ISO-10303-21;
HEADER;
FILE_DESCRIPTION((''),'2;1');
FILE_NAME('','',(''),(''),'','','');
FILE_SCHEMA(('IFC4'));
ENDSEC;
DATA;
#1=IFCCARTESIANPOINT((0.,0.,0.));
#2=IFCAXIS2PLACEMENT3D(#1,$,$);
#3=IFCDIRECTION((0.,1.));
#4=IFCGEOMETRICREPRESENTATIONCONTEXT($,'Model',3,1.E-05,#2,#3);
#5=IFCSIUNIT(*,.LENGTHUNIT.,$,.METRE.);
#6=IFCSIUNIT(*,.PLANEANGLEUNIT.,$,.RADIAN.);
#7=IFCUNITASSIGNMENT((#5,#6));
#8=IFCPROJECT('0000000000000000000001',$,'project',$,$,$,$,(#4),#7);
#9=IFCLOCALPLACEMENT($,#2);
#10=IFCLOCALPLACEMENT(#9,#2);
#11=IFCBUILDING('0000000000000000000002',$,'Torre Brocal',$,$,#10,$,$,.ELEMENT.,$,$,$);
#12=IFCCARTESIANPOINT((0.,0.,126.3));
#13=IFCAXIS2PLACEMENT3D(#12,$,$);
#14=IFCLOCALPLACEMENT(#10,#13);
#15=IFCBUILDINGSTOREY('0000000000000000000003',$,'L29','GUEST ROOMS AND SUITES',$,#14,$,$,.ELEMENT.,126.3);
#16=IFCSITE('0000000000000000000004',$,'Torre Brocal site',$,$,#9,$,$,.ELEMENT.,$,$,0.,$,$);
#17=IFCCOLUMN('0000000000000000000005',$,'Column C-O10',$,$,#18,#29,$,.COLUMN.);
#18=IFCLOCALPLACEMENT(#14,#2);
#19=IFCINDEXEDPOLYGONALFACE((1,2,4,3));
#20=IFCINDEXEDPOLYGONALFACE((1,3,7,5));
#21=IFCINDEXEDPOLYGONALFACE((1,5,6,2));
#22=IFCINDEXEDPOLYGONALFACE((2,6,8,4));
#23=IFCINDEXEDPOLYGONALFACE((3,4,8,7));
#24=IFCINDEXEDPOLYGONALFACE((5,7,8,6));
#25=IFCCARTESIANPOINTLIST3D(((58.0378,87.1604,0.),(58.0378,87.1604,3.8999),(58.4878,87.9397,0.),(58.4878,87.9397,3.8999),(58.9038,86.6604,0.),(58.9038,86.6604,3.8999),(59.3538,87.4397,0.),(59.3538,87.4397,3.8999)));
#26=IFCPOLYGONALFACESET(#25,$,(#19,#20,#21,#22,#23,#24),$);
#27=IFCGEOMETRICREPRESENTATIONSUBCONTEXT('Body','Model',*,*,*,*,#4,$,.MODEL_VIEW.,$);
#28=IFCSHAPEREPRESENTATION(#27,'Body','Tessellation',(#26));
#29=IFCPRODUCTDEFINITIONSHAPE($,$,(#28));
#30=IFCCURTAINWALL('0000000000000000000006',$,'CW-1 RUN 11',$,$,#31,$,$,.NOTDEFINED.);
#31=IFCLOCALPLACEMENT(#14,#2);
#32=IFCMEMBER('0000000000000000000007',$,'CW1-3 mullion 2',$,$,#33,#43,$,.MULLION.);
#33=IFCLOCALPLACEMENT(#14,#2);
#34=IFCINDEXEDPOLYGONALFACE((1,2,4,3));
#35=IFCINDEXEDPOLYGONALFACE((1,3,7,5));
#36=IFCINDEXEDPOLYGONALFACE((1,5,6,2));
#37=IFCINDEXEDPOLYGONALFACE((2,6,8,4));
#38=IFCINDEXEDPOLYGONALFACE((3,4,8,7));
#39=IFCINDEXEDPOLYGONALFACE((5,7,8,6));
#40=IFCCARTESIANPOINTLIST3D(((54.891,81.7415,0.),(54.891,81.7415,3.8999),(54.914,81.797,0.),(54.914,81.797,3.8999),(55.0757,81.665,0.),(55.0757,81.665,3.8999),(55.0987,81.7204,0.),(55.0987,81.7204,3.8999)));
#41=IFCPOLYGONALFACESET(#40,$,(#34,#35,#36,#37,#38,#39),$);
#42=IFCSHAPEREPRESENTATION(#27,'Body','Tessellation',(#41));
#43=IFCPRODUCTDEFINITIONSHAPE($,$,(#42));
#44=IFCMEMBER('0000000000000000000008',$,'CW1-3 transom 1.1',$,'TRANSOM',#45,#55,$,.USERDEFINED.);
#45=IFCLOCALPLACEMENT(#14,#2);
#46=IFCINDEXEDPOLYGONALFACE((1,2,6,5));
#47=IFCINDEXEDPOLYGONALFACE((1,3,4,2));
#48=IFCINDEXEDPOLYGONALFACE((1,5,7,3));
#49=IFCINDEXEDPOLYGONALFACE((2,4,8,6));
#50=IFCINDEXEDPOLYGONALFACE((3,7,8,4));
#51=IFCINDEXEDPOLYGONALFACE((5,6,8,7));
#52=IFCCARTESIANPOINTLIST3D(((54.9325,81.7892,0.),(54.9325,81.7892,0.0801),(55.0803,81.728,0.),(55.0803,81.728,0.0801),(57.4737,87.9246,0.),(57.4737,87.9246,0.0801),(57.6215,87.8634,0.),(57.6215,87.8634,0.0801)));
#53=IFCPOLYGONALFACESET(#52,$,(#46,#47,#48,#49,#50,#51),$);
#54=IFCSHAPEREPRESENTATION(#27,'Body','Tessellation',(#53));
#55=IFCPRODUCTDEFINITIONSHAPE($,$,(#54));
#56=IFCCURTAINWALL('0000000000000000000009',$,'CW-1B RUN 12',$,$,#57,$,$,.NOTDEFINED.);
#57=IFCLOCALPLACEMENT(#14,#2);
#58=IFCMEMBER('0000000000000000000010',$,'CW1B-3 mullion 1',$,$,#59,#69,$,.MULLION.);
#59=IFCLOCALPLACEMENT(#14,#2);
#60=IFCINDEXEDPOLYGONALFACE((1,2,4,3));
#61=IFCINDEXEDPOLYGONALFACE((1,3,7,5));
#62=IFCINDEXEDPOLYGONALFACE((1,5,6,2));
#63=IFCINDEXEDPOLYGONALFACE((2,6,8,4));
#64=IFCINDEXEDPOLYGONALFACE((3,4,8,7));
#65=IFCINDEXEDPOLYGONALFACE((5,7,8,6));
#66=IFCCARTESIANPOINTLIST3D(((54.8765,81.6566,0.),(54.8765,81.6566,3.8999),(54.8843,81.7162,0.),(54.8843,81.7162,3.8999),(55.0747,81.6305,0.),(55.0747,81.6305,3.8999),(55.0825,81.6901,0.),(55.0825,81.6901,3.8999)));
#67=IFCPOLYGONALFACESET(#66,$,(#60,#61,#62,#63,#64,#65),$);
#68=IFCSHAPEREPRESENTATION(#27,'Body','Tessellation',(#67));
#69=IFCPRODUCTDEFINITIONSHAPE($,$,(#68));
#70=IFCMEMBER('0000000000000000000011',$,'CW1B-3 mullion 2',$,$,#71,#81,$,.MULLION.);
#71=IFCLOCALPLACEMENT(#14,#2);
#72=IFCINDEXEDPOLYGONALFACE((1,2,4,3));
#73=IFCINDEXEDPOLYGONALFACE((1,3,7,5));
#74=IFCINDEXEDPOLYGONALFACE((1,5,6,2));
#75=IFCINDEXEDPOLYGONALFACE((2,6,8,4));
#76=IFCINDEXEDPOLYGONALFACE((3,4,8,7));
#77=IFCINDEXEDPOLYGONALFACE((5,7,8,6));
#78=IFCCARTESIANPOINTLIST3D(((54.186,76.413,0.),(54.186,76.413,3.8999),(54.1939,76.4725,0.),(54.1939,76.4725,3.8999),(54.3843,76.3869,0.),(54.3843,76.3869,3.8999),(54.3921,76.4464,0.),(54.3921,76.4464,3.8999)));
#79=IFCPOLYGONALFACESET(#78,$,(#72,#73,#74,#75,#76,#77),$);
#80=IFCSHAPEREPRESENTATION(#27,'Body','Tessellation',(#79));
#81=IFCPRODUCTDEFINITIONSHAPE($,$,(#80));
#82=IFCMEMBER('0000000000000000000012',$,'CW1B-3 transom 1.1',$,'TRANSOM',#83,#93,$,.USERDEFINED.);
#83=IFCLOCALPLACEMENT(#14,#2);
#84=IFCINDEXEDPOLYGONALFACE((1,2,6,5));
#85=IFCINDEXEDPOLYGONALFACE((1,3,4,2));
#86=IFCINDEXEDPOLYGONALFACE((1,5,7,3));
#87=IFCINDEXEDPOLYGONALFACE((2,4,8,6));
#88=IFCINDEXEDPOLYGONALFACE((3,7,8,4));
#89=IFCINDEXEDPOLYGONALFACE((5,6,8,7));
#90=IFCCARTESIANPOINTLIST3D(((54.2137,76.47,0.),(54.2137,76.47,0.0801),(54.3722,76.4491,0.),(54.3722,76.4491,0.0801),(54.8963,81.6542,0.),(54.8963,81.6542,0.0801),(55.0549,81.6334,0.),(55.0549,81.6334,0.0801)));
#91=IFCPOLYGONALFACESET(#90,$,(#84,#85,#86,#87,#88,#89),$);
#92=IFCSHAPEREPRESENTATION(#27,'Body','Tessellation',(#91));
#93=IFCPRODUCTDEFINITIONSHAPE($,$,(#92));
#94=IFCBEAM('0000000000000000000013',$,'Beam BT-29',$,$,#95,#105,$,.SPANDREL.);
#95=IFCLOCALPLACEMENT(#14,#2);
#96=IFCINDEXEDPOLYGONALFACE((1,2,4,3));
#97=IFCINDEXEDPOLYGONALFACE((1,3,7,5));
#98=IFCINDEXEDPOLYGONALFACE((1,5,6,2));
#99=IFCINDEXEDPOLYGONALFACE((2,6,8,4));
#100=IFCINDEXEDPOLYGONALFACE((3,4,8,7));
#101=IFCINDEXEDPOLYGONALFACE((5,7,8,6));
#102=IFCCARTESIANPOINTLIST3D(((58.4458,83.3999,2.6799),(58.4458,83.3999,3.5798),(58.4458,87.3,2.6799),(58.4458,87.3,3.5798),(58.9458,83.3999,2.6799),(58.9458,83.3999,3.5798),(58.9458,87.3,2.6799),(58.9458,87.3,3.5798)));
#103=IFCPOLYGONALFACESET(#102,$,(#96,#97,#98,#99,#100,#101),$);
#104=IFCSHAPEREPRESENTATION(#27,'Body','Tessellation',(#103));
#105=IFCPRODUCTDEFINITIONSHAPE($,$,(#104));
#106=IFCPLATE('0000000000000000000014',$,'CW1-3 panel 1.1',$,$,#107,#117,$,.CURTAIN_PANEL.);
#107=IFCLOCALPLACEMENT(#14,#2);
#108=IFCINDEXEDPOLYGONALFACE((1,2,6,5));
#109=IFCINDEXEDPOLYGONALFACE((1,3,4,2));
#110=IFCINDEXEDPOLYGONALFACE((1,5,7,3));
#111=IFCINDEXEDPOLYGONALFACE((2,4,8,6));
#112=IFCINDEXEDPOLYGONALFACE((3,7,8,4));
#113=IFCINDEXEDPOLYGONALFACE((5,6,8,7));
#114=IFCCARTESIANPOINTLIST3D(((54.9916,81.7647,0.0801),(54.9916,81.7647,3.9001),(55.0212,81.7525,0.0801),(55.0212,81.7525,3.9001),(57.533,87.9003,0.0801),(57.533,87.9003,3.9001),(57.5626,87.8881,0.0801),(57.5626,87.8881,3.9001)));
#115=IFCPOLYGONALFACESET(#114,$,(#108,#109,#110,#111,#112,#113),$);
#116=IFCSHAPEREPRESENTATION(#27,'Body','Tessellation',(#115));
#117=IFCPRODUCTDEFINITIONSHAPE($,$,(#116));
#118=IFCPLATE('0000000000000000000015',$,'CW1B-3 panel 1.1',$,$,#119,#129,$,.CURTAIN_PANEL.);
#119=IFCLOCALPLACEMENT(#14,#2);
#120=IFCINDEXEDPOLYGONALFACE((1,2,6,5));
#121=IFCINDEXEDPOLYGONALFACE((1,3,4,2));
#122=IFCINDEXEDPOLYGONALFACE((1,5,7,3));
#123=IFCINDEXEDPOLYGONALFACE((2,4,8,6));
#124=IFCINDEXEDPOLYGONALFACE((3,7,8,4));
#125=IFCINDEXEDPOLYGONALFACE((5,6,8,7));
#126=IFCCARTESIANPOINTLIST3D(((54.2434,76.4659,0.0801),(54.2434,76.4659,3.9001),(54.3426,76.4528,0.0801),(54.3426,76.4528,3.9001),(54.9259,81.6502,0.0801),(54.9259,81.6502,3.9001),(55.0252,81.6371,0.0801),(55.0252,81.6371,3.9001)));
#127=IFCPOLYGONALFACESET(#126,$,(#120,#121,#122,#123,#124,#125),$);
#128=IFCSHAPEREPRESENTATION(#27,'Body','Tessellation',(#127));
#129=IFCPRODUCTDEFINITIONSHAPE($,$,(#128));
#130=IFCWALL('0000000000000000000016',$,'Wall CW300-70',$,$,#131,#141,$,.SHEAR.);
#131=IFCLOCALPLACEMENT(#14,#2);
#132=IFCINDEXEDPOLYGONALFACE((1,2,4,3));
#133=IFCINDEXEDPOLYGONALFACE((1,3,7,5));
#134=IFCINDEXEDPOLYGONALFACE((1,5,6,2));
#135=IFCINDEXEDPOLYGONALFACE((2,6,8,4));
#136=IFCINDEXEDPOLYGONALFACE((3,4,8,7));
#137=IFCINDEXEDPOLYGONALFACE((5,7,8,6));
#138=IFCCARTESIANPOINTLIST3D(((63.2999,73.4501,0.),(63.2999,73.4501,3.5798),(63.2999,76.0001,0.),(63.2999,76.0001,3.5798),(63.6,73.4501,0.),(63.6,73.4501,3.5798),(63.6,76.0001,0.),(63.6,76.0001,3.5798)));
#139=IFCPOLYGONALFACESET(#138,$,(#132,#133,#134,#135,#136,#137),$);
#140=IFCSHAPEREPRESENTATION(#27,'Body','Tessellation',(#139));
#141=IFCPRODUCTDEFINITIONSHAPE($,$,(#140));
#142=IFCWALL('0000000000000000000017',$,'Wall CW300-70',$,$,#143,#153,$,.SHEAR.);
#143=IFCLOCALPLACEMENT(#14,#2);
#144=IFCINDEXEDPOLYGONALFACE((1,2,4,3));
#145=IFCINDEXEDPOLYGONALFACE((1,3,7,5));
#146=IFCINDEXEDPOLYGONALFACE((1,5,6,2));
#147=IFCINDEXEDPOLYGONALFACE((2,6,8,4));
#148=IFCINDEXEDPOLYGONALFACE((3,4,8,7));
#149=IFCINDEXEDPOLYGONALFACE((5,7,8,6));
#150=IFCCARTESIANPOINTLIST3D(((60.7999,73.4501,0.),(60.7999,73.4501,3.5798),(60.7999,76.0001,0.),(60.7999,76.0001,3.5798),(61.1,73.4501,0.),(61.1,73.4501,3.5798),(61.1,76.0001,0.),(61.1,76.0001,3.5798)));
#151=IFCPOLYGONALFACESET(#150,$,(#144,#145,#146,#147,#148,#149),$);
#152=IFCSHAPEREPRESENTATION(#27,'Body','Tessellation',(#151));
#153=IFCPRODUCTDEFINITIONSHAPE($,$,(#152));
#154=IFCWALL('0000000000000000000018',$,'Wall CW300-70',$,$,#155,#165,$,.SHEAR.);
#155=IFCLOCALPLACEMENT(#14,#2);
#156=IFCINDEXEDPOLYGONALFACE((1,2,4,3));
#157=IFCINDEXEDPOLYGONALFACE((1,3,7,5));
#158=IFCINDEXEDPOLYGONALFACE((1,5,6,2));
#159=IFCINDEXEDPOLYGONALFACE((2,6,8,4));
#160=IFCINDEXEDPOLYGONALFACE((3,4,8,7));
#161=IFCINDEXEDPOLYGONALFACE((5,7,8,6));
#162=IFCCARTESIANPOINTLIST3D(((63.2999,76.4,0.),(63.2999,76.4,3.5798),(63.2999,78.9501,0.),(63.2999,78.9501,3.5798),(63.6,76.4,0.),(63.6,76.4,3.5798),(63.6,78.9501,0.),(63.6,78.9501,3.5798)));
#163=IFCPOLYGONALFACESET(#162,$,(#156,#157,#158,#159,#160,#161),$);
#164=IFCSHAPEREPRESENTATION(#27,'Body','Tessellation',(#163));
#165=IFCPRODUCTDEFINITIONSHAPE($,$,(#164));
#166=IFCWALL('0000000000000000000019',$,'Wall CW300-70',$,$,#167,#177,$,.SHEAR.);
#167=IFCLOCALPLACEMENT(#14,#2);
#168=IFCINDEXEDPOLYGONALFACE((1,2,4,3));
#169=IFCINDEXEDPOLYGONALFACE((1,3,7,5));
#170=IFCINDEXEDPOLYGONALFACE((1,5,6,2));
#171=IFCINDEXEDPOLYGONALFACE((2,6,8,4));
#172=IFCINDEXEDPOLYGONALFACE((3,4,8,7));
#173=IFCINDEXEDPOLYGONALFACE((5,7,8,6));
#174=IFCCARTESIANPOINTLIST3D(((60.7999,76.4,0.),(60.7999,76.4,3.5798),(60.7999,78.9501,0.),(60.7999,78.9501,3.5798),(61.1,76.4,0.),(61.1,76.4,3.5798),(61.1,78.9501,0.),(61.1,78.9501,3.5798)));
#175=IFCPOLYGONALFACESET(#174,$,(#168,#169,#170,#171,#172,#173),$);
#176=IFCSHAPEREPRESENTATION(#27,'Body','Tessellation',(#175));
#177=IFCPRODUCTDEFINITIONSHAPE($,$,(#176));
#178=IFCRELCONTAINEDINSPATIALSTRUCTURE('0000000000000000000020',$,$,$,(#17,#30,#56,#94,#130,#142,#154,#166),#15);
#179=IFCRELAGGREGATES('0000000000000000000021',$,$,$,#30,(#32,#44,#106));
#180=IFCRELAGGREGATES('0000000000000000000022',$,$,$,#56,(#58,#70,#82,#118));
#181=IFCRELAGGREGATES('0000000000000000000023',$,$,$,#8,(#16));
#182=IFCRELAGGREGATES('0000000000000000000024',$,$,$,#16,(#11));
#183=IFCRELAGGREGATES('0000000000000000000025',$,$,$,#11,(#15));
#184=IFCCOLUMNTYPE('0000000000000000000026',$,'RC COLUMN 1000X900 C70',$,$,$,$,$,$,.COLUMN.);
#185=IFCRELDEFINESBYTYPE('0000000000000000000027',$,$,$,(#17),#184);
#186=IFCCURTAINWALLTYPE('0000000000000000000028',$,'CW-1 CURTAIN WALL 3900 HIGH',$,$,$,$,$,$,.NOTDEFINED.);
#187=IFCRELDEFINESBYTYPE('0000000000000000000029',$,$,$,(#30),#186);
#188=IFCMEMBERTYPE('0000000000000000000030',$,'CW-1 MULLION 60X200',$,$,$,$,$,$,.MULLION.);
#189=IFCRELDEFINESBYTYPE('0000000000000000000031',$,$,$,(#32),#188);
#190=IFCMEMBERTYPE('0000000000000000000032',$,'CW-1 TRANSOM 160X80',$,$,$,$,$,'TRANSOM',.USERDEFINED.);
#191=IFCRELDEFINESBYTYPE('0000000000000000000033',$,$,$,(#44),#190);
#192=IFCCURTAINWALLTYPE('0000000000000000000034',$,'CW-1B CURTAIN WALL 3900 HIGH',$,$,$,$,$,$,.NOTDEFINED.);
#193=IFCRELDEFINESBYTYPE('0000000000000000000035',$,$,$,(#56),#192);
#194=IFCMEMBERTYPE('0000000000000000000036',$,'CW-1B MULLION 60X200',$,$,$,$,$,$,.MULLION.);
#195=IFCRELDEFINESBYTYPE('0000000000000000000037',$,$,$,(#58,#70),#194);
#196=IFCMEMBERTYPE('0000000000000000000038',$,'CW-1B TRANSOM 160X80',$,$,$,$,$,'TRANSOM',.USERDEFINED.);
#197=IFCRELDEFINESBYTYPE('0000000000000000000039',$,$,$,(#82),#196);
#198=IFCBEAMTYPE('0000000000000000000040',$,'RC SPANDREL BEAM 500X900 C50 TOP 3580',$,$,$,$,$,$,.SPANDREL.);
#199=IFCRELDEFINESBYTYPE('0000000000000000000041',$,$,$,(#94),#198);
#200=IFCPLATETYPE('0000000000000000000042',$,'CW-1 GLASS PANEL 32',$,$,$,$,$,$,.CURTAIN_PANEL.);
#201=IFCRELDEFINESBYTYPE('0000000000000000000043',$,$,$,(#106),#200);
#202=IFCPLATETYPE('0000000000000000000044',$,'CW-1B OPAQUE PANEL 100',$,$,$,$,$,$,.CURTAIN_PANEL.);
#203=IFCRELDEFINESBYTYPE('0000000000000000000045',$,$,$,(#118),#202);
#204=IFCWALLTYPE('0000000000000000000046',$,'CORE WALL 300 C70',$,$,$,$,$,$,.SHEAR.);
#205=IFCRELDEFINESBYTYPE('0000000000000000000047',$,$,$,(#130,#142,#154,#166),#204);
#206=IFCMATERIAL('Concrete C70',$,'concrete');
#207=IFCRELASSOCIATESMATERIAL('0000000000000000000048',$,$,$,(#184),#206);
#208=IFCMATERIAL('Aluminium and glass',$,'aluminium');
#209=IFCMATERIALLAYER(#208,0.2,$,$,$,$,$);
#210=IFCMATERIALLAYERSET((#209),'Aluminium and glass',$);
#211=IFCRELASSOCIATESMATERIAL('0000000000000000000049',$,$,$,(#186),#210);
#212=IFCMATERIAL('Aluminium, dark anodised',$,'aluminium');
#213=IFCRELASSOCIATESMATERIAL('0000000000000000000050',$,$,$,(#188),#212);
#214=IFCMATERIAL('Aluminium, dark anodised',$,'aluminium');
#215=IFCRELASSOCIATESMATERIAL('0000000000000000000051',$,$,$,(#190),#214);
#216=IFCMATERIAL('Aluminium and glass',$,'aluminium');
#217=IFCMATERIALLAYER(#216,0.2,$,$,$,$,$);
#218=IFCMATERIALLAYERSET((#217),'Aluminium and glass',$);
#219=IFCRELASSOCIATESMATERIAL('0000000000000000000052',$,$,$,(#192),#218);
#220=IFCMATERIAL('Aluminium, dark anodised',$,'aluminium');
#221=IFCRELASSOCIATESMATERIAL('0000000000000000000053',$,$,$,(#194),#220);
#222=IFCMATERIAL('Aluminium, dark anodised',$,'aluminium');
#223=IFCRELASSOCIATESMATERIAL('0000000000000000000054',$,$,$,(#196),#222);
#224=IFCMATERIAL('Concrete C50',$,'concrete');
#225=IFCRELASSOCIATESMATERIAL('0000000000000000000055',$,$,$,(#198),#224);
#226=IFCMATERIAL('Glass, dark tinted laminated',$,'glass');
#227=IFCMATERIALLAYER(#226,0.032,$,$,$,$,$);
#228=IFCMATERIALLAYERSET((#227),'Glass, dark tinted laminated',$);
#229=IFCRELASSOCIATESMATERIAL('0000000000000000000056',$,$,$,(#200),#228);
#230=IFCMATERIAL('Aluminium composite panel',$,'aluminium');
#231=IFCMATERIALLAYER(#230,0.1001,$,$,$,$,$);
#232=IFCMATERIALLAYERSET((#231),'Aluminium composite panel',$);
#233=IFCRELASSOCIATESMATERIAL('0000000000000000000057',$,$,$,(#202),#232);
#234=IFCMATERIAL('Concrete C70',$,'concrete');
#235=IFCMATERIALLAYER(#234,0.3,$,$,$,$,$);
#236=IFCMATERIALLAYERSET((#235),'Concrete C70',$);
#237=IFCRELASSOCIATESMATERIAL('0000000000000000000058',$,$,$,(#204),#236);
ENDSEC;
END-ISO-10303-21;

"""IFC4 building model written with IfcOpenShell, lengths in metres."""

from ifc_helpers import new_model, si_unit, direction, frame, frame_2d, origin, origin_2d, place, context, subcontext, project, spatial, rectangle, extrude, material, layer, layer_set, material_profile, profile_set, type_object, element, aggregate, save


model = new_model("IFC4")

# Units and contexts
model_context = context("Model", 3, precision=1e-05, world=origin(), true_north=direction((0.0, 1.0)))
body_context = subcontext(model_context, "Body", "Model", "MODEL_VIEW")
ifc_project = project(units=[si_unit("LENGTHUNIT", "METRE"), si_unit("PLANEANGLEUNIT", "RADIAN")], contexts=[model_context])

# Site, building, storey
site_placement = place(None, origin())
site = spatial("IfcSite", under=ifc_project, at=site_placement, Name="Torre Brocal site", CompositionType="ELEMENT", RefElevation=0.0)
building_placement = place(site_placement, origin())
building = spatial("IfcBuilding", under=site, at=building_placement, Name="Torre Brocal", CompositionType="ELEMENT")
storey_placement = place(building_placement, frame((0.0, 0.0, 126.3)))
storey = spatial("IfcBuildingStorey", under=building, at=storey_placement, Name="L29", Description="GUEST ROOMS AND SUITES", CompositionType="ELEMENT", Elevation=126.3)

# Column
ifc_material_1 = material(Name="Concrete C70", Category="concrete")
ifc_material_profile_1 = material_profile(ifc_material_1, rectangle(XDim=1.0, YDim=0.8999, at=origin_2d()), Name="RC 1000X900")
ifc_profile_set_1 = profile_set([ifc_material_profile_1], Name="Concrete C70")
column_type = type_object("IfcColumnType", Name="RC COLUMN 1000X900 C70", PredefinedType="COLUMN", material=ifc_profile_set_1)
column_placement = place(storey_placement, frame((58.6958, 87.3, 0.0), z_axis=(0.0, 0.0, 1.0), x_axis=(-0.866025, 0.5, 0.0)))
element("IfcColumn", 1, at=column_placement, inside=storey, type_object=column_type, Name="Column C-O10", PredefinedType="COLUMN", context=body_context, shape_type="SweptSolid", body=[
    extrude(rectangle(XDim=1.0, YDim=0.8999, at=origin_2d()), origin(), (0.0, 0.0, 1.0), 3.8999),
])

# Curtain walls, members
ifc_material_2 = material(Name="Aluminium and glass", Category="aluminium")
ifc_layer_1 = layer(ifc_material_2, 0.2)
ifc_layer_set_1 = layer_set([ifc_layer_1], Name="Aluminium and glass")
curtain_wall_type_1 = type_object("IfcCurtainWallType", Name="CW-1 CURTAIN WALL 3900 HIGH", PredefinedType="NOTDEFINED", material=ifc_layer_set_1)
curtain_wall_1_placement = place(storey_placement, origin())
curtain_wall_1 = element("IfcCurtainWall", 2, at=curtain_wall_1_placement, inside=storey, type_object=curtain_wall_type_1, Name="CW-1 RUN 11", PredefinedType="NOTDEFINED")
ifc_material_3 = material(Name="Aluminium, dark anodised", Category="aluminium")
ifc_material_profile_2 = material_profile(ifc_material_3, rectangle(XDim=0.2, YDim=0.0601, at=origin_2d()), Name="CW-1 MULLION 60X200")
ifc_profile_set_2 = profile_set([ifc_material_profile_2], Name="Aluminium, dark anodised")
member_type_1 = type_object("IfcMemberType", Name="CW-1 MULLION 60X200", PredefinedType="MULLION", material=ifc_profile_set_2)
member_1_placement = place(storey_placement, frame((54.9949, 81.731, 0.0), z_axis=(0.0, 0.0, 1.0), x_axis=(0.92388, -0.382683, 0.0)))
member_1 = element("IfcMember", 3, at=member_1_placement, type_object=member_type_1, Name="CW1-3 mullion 2", PredefinedType="MULLION", context=body_context, shape_type="SweptSolid", body=[
    extrude(rectangle(XDim=0.2, YDim=0.0601, at=origin_2d()), origin(), (0.0, 0.0, 1.0), 3.8999),
])
ifc_material_4 = material(Name="Aluminium, dark anodised", Category="aluminium")
ifc_material_profile_3 = material_profile(ifc_material_4, rectangle(XDim=0.1599, YDim=0.0801, at=origin_2d()), Name="CW-1 TRANSOM 160X80")
ifc_profile_set_3 = profile_set([ifc_material_profile_3], Name="Aluminium, dark anodised")
member_type_2 = type_object("IfcMemberType", Name="CW-1 TRANSOM 160X80", ElementType="TRANSOM", PredefinedType="USERDEFINED", material=ifc_profile_set_3)
member_2_placement = place(storey_placement, frame((57.5476, 87.894, 0.04), z_axis=(-0.382665, -0.923887, 0.0), x_axis=(0.923887, -0.382665, 0.0)))
member_2 = element("IfcMember", 4, at=member_2_placement, type_object=member_type_2, Name="CW1-3 transom 1.1", ObjectType="TRANSOM", PredefinedType="USERDEFINED", context=body_context, shape_type="SweptSolid", body=[
    extrude(rectangle(XDim=0.1599, YDim=0.0801, at=origin_2d()), origin(), (0.0, 0.0, 1.0), 6.6409),
])
ifc_material_5 = material(Name="Aluminium and glass", Category="aluminium")
ifc_layer_2 = layer(ifc_material_5, 0.2)
ifc_layer_set_2 = layer_set([ifc_layer_2], Name="Aluminium and glass")
curtain_wall_type_2 = type_object("IfcCurtainWallType", Name="CW-1B CURTAIN WALL 3900 HIGH", PredefinedType="NOTDEFINED", material=ifc_layer_set_2)
curtain_wall_2_placement = place(storey_placement, origin())
curtain_wall_2 = element("IfcCurtainWall", 5, at=curtain_wall_2_placement, inside=storey, type_object=curtain_wall_type_2, Name="CW-1B RUN 12", PredefinedType="NOTDEFINED")
ifc_material_6 = material(Name="Aluminium, dark anodised", Category="aluminium")
ifc_material_profile_4 = material_profile(ifc_material_6, rectangle(XDim=0.2, YDim=0.0601, at=origin_2d()), Name="CW-1B MULLION 60X200")
ifc_profile_set_4 = profile_set([ifc_material_profile_4], Name="Aluminium, dark anodised")
member_type_3 = type_object("IfcMemberType", Name="CW-1B MULLION 60X200", PredefinedType="MULLION", material=ifc_profile_set_4)
member_3_placement = place(storey_placement, frame((54.9795, 81.6733, 0.0), z_axis=(0.0, 0.0, 1.0), x_axis=(0.991445, -0.130526, 0.0)))
member_3 = element("IfcMember", 6, at=member_3_placement, type_object=member_type_3, Name="CW1B-3 mullion 1", PredefinedType="MULLION", context=body_context, shape_type="SweptSolid", body=[
    extrude(rectangle(XDim=0.2, YDim=0.0601, at=origin_2d()), origin(), (0.0, 0.0, 1.0), 3.8999),
])
member_4_placement = place(storey_placement, frame((54.2891, 76.4297, 0.0), z_axis=(0.0, 0.0, 1.0), x_axis=(0.991445, -0.130526, 0.0)))
member_4 = element("IfcMember", 7, at=member_4_placement, type_object=member_type_3, Name="CW1B-3 mullion 2", PredefinedType="MULLION", context=body_context, shape_type="SweptSolid", body=[
    extrude(rectangle(XDim=0.2, YDim=0.0601, at=origin_2d()), origin(), (0.0, 0.0, 1.0), 3.8999),
])
ifc_material_7 = material(Name="Aluminium, dark anodised", Category="aluminium")
ifc_material_profile_5 = material_profile(ifc_material_7, rectangle(XDim=0.1599, YDim=0.0801, at=origin_2d()), Name="CW-1B TRANSOM 160X80")
ifc_profile_set_5 = profile_set([ifc_material_profile_5], Name="Aluminium, dark anodised")
member_type_4 = type_object("IfcMemberType", Name="CW-1B TRANSOM 160X80", ElementType="TRANSOM", PredefinedType="USERDEFINED", material=ifc_profile_set_5)
member_5_placement = place(storey_placement, frame((54.9756, 81.6438, 0.04), z_axis=(-0.130543, -0.991443, 0.0), x_axis=(0.991443, -0.130543, 0.0)))
member_5 = element("IfcMember", 8, at=member_5_placement, type_object=member_type_4, Name="CW1B-3 transom 1.1", ObjectType="TRANSOM", PredefinedType="USERDEFINED", context=body_context, shape_type="SweptSolid", body=[
    extrude(rectangle(XDim=0.1599, YDim=0.0801, at=origin_2d()), origin(), (0.0, 0.0, 1.0), 5.229),
])

# Beam
ifc_material_8 = material(Name="Concrete C50", Category="concrete")
ifc_material_profile_6 = material_profile(ifc_material_8, rectangle(XDim=0.5, YDim=0.8999, at=origin_2d()), Name="RC 500X900")
ifc_profile_set_6 = profile_set([ifc_material_profile_6], Name="Concrete C50")
beam_type = type_object("IfcBeamType", Name="RC SPANDREL BEAM 500X900 C50 TOP 3580", PredefinedType="SPANDREL", material=ifc_profile_set_6)
beam_placement = place(storey_placement, frame((58.6958, 87.3, 3.1299), z_axis=(0.0, -1.0, 0.0), x_axis=(1.0, 0.0, 0.0)))
element("IfcBeam", 9, at=beam_placement, inside=storey, type_object=beam_type, Name="Beam BT-29", PredefinedType="SPANDREL", context=body_context, shape_type="SweptSolid", body=[
    extrude(rectangle(XDim=0.5, YDim=0.8999, at=origin_2d()), origin(), (0.0, 0.0, 1.0), 3.9001),
])

# Plates
ifc_material_9 = material(Name="Glass, dark tinted laminated", Category="glass")
ifc_layer_3 = layer(ifc_material_9, 0.032)
ifc_layer_set_3 = layer_set([ifc_layer_3], Name="Glass, dark tinted laminated")
plate_type_1 = type_object("IfcPlateType", Name="CW-1 GLASS PANEL 32", PredefinedType="CURTAIN_PANEL", material=ifc_layer_set_3)
plate_1_placement = place(storey_placement, frame((56.2771, 84.8264, 0.0801), z_axis=(0.0, 0.0, 1.0), x_axis=(-0.382683, -0.92388, 0.0)))
plate_1 = element("IfcPlate", 10, at=plate_1_placement, type_object=plate_type_1, Name="CW1-3 panel 1.1", PredefinedType="CURTAIN_PANEL", context=body_context, shape_type="SweptSolid", body=[
    extrude(rectangle(XDim=6.6411, YDim=0.032, at=origin_2d()), origin(), (0.0, 0.0, 1.0), 3.8201),
])
aggregate(curtain_wall_1, [member_1, member_2, plate_1])
ifc_material_10 = material(Name="Aluminium composite panel", Category="aluminium")
ifc_layer_4 = layer(ifc_material_10, 0.1001)
ifc_layer_set_4 = layer_set([ifc_layer_4], Name="Aluminium composite panel")
plate_type_2 = type_object("IfcPlateType", Name="CW-1B OPAQUE PANEL 100", PredefinedType="CURTAIN_PANEL", material=ifc_layer_set_4)
plate_2_placement = place(storey_placement, frame((54.6343, 79.0515, 0.0801), z_axis=(0.0, 0.0, 1.0), x_axis=(-0.130526, -0.991445, 0.0)))
plate_2 = element("IfcPlate", 11, at=plate_2_placement, type_object=plate_type_2, Name="CW1B-3 panel 1.1", PredefinedType="CURTAIN_PANEL", context=body_context, shape_type="SweptSolid", body=[
    extrude(rectangle(XDim=5.229, YDim=0.1001, at=origin_2d()), origin(), (0.0, 0.0, 1.0), 3.8201),
])
aggregate(curtain_wall_2, [member_3, member_4, member_5, plate_2])

# Walls
ifc_material_11 = material(Name="Concrete C70", Category="concrete")
ifc_layer_5 = layer(ifc_material_11, 0.3)
ifc_layer_set_5 = layer_set([ifc_layer_5], Name="Concrete C70")
wall_type_1 = type_object("IfcWallType", Name="CORE WALL 300 C70", PredefinedType="SHEAR", material=ifc_layer_set_5)
for number, where, z_axis, x_axis, name in (
    (12, (63.45, 76.0, 0.0), (0.0, 0.0, 1.0), (0.0, -1.0, 0.0), "Wall CW300-70"),
    (13, (60.95, 76.0, 0.0), (0.0, 0.0, 1.0), (0.0, -1.0, 0.0), "Wall CW300-70"),
    (14, (63.45, 78.95, 0.0), (0.0, 0.0, 1.0), (0.0, -1.0, 0.0), "Wall CW300-70"),
    (15, (60.95, 78.95, 0.0), (0.0, 0.0, 1.0), (0.0, -1.0, 0.0), "Wall CW300-70"),
):
    element("IfcWall", number, at=place(storey_placement, frame(where, z_axis=z_axis, x_axis=x_axis)), inside=storey, type_object=wall_type_1, Name=name, PredefinedType="SHEAR", context=body_context, shape_type="SweptSolid", body=[
        extrude(rectangle(XDim=2.55, YDim=0.3, at=frame_2d((1.2749, 0.0))), origin(), (0.0, 0.0, 1.0), 3.5798),
    ])

save(model, "model.ifc")
